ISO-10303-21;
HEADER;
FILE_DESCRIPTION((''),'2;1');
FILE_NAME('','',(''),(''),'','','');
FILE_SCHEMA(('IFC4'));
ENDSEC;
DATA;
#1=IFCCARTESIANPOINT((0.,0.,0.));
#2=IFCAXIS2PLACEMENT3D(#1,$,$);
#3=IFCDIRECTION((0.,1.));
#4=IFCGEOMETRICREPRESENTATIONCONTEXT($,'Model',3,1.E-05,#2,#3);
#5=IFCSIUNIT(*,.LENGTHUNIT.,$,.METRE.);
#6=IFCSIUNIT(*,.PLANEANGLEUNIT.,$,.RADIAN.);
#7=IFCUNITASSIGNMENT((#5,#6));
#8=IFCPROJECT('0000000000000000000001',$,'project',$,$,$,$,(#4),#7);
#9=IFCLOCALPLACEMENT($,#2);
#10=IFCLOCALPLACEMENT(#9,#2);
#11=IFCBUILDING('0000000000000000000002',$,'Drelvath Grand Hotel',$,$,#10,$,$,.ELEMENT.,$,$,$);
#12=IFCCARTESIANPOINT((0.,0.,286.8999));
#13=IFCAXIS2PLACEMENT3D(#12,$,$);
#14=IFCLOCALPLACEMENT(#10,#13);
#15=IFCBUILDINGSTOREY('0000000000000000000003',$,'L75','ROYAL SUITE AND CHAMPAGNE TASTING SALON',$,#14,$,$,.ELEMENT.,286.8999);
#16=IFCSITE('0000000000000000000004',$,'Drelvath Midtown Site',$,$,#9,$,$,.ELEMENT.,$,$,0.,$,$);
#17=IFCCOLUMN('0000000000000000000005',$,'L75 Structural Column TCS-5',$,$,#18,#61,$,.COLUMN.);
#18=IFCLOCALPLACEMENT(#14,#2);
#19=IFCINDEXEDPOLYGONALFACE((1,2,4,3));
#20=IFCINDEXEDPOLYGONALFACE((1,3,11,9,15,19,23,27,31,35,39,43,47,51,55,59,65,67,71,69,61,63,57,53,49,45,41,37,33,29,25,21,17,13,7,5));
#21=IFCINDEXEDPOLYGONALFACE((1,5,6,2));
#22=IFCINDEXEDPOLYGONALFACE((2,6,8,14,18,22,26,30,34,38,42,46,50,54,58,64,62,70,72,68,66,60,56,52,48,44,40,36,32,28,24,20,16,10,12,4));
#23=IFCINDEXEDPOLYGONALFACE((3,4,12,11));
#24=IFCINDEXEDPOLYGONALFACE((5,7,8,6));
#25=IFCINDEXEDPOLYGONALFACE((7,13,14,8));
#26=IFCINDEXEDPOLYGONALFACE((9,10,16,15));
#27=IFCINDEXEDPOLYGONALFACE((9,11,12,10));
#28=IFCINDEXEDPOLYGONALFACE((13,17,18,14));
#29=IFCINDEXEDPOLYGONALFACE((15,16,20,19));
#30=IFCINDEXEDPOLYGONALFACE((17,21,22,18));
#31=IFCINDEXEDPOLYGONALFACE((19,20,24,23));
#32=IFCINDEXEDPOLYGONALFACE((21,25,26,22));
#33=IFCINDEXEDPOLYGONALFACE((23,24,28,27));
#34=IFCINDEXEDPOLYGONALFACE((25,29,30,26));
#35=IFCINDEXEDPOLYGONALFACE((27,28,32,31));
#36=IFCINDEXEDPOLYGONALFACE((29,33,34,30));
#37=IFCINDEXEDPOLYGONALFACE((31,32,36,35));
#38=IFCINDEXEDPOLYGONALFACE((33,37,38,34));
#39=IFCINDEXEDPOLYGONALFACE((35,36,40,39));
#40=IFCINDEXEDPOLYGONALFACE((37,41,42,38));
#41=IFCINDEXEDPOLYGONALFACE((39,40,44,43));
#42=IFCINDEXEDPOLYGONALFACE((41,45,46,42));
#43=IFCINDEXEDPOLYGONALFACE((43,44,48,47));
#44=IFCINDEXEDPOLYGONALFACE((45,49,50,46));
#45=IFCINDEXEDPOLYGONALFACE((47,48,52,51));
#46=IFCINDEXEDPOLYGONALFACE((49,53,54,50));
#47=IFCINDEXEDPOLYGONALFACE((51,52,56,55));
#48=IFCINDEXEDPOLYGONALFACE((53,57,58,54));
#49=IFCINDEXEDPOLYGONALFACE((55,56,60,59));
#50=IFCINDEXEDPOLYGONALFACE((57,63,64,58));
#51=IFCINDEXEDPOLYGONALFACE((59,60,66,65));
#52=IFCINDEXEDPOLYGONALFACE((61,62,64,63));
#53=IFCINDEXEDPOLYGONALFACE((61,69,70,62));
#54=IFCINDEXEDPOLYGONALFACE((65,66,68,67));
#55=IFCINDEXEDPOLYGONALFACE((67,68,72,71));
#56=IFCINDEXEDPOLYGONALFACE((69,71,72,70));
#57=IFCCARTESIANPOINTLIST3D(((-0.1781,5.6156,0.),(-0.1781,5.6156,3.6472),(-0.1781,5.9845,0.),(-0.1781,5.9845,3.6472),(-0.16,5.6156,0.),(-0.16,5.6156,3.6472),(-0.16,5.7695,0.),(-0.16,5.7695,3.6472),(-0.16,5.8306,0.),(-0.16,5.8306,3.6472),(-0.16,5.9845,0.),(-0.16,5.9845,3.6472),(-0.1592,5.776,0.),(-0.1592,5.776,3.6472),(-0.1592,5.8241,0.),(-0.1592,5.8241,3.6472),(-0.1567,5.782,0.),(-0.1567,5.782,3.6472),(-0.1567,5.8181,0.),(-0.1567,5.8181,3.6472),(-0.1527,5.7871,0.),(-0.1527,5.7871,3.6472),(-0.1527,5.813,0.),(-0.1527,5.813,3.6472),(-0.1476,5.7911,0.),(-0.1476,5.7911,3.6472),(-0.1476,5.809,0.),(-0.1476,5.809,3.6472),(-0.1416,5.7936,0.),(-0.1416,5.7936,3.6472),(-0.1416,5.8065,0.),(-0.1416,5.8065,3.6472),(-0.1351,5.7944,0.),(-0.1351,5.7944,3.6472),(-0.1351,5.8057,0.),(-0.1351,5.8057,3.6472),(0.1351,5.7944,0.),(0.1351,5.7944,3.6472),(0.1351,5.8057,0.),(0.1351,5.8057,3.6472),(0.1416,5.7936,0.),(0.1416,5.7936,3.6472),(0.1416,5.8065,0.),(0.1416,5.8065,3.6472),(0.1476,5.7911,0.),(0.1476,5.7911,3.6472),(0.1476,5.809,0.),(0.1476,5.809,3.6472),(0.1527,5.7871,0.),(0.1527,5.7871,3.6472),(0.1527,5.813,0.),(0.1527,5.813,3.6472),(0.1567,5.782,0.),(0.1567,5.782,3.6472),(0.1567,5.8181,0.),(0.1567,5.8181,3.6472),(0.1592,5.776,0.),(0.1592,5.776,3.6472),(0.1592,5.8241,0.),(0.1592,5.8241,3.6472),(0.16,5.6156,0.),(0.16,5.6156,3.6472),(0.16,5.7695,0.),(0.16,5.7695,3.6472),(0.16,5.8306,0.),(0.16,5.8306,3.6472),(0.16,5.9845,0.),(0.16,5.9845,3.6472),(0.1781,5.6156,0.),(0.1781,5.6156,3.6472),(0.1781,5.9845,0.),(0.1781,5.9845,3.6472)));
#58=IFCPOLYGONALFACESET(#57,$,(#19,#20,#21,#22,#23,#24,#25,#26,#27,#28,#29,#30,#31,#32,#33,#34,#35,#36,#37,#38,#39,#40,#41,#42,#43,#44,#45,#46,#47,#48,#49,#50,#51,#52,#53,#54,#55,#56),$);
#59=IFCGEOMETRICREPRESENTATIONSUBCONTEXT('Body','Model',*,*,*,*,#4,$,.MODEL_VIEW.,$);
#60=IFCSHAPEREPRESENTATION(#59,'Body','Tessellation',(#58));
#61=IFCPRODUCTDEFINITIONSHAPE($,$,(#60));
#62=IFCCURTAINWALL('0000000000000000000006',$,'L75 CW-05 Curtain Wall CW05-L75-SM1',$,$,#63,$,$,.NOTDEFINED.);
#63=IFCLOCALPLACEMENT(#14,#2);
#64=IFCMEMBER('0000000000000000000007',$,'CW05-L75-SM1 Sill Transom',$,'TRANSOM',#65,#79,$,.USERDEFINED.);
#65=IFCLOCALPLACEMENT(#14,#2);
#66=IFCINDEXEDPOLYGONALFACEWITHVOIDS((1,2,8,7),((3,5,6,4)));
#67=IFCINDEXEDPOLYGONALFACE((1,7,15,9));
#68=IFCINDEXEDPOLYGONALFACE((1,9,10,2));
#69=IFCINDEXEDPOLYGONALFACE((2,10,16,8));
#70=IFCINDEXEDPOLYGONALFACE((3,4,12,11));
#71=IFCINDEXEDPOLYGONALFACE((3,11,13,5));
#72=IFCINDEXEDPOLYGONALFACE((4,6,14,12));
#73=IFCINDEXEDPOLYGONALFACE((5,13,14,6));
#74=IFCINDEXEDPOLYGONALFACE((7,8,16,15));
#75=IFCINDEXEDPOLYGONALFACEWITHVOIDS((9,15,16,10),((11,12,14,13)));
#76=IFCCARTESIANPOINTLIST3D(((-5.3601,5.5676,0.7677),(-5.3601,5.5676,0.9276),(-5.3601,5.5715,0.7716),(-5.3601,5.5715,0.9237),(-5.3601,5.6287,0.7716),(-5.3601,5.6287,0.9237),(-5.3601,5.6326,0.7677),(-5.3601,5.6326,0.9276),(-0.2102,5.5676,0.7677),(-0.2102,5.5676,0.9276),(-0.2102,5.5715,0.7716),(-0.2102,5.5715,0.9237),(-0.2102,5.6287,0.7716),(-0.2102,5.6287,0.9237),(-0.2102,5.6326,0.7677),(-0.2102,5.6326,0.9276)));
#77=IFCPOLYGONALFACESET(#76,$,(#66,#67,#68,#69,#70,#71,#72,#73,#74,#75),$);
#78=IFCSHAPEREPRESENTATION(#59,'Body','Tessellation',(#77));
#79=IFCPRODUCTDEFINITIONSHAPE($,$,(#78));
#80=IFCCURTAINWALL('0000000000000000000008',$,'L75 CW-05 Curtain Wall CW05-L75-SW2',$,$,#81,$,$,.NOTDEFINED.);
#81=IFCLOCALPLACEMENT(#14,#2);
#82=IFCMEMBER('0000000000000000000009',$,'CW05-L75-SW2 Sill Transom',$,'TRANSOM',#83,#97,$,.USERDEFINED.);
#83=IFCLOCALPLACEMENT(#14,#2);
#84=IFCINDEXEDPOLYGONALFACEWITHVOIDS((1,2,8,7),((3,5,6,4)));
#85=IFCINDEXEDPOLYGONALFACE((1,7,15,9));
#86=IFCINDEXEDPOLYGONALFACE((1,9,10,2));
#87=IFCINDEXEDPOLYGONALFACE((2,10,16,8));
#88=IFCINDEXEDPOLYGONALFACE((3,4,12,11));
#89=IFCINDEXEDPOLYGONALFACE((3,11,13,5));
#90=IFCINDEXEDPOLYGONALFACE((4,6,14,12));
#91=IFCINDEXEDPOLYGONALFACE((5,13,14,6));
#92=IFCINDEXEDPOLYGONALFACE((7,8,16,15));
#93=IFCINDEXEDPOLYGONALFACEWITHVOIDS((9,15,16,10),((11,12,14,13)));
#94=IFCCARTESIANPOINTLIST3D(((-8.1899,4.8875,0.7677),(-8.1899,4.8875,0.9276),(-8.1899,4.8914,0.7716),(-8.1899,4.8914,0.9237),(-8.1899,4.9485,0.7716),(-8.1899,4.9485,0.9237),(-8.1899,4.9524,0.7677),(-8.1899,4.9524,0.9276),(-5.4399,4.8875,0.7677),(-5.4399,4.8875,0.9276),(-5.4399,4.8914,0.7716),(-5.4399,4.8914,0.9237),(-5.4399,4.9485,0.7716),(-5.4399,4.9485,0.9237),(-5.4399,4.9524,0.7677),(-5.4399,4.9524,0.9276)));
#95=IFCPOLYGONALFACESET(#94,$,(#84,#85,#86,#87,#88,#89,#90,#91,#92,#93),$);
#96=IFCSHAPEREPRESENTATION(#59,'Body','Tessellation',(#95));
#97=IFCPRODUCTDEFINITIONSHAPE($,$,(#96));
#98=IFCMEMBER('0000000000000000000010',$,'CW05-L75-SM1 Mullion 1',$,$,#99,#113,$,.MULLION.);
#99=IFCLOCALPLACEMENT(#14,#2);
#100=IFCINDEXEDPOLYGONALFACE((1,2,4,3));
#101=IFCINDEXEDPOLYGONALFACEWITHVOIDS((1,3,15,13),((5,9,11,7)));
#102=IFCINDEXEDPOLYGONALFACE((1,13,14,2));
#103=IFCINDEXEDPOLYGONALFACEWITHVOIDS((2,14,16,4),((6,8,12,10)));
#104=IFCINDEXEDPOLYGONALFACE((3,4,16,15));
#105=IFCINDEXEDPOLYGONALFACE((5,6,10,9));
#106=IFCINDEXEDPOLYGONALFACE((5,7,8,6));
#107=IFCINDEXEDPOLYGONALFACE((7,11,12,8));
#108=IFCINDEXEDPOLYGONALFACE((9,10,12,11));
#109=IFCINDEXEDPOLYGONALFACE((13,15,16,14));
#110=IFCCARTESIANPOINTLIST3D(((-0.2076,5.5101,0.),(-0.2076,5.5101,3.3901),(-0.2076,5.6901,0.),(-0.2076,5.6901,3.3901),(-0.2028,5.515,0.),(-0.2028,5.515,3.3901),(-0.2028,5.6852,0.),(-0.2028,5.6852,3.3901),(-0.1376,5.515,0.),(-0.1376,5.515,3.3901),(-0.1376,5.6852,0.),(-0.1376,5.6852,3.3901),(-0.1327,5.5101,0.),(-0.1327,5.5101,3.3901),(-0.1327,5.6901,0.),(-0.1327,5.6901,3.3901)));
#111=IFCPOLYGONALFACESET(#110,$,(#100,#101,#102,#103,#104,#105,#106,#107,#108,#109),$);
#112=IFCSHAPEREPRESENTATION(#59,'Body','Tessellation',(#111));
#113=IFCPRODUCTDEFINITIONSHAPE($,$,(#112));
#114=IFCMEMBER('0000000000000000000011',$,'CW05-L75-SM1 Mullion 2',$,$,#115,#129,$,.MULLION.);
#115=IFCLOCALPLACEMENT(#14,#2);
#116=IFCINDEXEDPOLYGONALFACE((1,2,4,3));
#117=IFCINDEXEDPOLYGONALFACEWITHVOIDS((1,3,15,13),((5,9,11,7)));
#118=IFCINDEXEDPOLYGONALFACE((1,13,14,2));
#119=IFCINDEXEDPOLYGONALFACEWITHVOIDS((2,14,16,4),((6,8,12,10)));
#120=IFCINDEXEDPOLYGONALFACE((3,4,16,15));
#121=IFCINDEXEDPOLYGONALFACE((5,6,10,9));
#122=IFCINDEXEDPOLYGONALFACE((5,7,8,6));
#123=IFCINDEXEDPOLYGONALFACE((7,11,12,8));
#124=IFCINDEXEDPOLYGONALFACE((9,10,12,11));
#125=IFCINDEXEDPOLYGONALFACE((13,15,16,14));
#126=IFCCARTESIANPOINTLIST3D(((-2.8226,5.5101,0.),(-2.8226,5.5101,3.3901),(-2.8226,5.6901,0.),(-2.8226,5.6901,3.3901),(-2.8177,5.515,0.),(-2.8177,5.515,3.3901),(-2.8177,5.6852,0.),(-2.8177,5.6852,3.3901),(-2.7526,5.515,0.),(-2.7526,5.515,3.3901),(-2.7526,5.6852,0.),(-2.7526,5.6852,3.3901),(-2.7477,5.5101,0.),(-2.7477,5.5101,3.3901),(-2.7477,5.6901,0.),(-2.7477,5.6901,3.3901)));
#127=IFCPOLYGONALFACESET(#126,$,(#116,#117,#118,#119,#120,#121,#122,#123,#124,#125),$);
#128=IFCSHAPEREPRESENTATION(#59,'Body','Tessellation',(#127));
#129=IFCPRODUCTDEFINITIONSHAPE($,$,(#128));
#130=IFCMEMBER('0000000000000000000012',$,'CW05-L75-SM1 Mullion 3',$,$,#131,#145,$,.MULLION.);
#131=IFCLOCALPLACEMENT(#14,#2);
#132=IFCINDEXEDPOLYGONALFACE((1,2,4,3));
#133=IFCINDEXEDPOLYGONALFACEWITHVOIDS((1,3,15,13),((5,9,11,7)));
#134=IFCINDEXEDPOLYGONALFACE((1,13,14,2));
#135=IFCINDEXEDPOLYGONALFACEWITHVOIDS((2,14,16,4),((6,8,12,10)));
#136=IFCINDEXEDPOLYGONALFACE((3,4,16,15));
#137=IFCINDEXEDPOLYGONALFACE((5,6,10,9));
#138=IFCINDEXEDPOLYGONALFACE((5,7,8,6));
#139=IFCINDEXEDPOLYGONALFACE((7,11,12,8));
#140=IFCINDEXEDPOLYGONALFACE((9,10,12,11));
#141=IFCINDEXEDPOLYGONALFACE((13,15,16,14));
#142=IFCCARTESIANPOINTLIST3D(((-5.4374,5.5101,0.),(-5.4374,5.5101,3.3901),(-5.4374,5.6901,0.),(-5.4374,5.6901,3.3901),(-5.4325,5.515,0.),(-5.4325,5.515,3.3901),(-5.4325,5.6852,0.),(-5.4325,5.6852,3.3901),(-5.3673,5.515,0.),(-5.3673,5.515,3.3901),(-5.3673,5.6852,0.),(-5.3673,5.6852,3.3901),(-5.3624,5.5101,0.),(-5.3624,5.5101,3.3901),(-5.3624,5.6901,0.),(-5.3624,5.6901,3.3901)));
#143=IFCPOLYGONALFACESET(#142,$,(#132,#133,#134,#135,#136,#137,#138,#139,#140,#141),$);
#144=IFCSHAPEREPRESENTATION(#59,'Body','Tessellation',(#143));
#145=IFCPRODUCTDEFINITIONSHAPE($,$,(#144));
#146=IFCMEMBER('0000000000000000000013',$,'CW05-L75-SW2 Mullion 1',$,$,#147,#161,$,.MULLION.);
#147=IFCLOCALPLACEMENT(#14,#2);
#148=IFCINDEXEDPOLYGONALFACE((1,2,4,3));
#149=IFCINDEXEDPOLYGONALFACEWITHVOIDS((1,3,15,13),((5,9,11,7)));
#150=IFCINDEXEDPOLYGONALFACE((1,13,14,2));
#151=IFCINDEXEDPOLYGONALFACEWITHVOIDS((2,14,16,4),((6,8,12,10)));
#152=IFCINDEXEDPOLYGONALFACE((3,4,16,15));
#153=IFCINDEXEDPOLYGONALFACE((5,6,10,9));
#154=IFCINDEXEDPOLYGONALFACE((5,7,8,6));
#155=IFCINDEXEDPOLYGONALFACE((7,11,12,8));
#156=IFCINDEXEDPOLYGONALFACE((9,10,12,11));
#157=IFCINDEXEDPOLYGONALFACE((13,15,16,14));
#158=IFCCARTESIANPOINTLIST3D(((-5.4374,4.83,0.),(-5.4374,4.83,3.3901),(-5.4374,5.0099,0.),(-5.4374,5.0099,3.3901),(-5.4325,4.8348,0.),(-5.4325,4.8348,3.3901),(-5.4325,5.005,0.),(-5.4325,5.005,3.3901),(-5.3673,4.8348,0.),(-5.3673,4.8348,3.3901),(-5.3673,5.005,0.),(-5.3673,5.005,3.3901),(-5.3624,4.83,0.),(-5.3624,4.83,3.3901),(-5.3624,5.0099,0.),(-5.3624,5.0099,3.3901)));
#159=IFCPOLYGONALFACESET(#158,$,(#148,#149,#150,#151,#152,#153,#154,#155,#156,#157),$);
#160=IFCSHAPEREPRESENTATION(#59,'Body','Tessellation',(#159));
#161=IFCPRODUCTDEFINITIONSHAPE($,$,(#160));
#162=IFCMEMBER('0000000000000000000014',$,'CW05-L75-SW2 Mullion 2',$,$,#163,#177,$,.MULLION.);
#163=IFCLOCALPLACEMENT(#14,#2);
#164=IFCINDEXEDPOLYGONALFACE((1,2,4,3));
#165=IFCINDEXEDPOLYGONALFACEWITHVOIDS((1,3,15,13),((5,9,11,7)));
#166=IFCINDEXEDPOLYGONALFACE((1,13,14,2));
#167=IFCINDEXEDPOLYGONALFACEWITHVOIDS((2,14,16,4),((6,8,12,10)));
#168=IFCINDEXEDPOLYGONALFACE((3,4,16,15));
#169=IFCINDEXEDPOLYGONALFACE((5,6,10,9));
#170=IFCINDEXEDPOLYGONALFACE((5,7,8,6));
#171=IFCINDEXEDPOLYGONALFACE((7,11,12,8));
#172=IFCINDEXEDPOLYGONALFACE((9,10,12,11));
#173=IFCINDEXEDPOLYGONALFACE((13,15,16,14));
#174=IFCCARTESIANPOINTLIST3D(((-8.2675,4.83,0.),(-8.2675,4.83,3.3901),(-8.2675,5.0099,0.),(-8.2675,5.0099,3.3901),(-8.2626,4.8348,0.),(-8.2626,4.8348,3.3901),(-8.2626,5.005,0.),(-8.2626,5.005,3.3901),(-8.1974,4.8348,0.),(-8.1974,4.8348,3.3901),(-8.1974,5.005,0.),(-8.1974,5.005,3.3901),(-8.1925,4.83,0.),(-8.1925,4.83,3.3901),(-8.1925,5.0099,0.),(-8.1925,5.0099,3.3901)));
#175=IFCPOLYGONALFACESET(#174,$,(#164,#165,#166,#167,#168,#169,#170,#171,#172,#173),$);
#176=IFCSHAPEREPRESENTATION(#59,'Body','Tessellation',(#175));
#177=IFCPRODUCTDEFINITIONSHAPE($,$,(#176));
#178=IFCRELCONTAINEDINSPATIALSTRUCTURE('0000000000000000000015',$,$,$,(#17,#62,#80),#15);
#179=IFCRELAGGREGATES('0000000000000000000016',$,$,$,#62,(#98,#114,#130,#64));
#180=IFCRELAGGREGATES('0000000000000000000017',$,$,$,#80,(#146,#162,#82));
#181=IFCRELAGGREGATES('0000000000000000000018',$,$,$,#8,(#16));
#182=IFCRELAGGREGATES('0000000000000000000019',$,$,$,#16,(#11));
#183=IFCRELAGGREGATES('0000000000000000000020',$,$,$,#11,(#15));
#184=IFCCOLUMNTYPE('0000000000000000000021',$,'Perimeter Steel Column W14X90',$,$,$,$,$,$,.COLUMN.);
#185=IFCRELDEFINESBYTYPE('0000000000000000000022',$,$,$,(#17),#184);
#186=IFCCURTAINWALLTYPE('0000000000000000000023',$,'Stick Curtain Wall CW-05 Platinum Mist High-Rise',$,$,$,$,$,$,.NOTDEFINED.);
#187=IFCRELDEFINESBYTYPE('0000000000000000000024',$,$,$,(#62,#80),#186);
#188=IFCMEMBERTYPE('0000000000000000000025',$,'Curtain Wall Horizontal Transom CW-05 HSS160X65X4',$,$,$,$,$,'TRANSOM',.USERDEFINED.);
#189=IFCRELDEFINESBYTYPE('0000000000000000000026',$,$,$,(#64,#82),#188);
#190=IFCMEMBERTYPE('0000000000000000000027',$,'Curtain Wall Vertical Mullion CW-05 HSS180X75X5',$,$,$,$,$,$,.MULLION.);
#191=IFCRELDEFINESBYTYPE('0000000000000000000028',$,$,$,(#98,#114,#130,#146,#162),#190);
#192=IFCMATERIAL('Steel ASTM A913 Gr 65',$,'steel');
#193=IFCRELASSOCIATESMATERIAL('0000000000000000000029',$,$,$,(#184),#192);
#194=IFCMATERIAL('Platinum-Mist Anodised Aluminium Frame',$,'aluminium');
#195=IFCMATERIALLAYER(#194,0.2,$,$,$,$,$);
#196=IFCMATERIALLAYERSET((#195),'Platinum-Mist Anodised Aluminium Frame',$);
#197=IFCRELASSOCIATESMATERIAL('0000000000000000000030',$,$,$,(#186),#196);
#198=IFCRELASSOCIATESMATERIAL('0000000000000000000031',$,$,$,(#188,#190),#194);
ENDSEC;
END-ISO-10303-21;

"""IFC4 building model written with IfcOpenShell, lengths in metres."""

from ifc_helpers import new_model, si_unit, direction, frame, origin, origin_2d, place, context, subcontext, project, spatial, hollow_rectangle, i_section, extrude, material, layer, layer_set, material_profile, profile_set, type_object, element, aggregate, save


model = new_model("IFC4")

# Units and contexts
model_context = context("Model", 3, precision=1e-05, world=origin(), true_north=direction((0.0, 1.0)))
body_context = subcontext(model_context, "Body", "Model", "MODEL_VIEW")
ifc_project = project(units=[si_unit("LENGTHUNIT", "METRE"), si_unit("PLANEANGLEUNIT", "RADIAN")], contexts=[model_context])

# Site, building, storey
site_placement = place(None, origin())
site = spatial("IfcSite", under=ifc_project, at=site_placement, Name="Drelvath Midtown Site", CompositionType="ELEMENT", RefElevation=0.0)
building_placement = place(site_placement, origin())
building = spatial("IfcBuilding", under=site, at=building_placement, Name="Drelvath Grand Hotel", CompositionType="ELEMENT")
storey_placement = place(building_placement, frame((0.0, 0.0, 286.8999)))
storey = spatial("IfcBuildingStorey", under=building, at=storey_placement, Name="L75", Description="ROYAL SUITE AND CHAMPAGNE TASTING SALON", CompositionType="ELEMENT", Elevation=286.8999)

# Column
ifc_material_1 = material(Name="Steel ASTM A913 Gr 65", Category="steel")
ifc_material_profile_1 = material_profile(ifc_material_1, i_section(OverallWidth=0.3689, OverallDepth=0.3562, WebThickness=0.0112, FlangeThickness=0.0181, FilletRadius=0.0249, at=origin_2d()), Name="W14X90")
ifc_profile_set_1 = profile_set([ifc_material_profile_1], Name="Steel ASTM A913 Gr 65")
column_type = type_object("IfcColumnType", Name="Perimeter Steel Column W14X90", PredefinedType="COLUMN", material=ifc_profile_set_1)
column_placement = place(storey_placement, frame((0.0, 5.8, 0.0), z_axis=(0.0, 0.0, 1.0), x_axis=(0.0, 1.0, 0.0)))
element("IfcColumn", 1, at=column_placement, inside=storey, type_object=column_type, Name="L75 Structural Column TCS-5", PredefinedType="COLUMN", context=body_context, shape_type="SweptSolid", body=[
    extrude(i_section(OverallWidth=0.3689, OverallDepth=0.3562, WebThickness=0.0112, FlangeThickness=0.0181, FilletRadius=0.0249, at=origin_2d()), origin(), (0.0, 0.0, 1.0), 3.6472),
])

# Curtain walls, members
ifc_material_2 = material(Name="Platinum-Mist Anodised Aluminium Frame", Category="aluminium")
ifc_layer_1 = layer(ifc_material_2, 0.2)
ifc_layer_set_1 = layer_set([ifc_layer_1], Name="Platinum-Mist Anodised Aluminium Frame")
curtain_wall_type = type_object("IfcCurtainWallType", Name="Stick Curtain Wall CW-05 Platinum Mist High-Rise", PredefinedType="NOTDEFINED", material=ifc_layer_set_1)
curtain_wall_1_placement = place(storey_placement, origin())
curtain_wall_1 = element("IfcCurtainWall", 2, at=curtain_wall_1_placement, inside=storey, type_object=curtain_wall_type, Name="L75 CW-05 Curtain Wall CW05-L75-SM1", PredefinedType="NOTDEFINED")
ifc_material_profile_2 = material_profile(ifc_material_2, hollow_rectangle(XDim=0.0649, YDim=0.1599, WallThickness=0.0039, at=origin_2d()), Name="HSS160X65X4")
ifc_profile_set_2 = profile_set([ifc_material_profile_2], Name="Platinum-Mist Anodised Aluminium Frame")
member_type_1 = type_object("IfcMemberType", Name="Curtain Wall Horizontal Transom CW-05 HSS160X65X4", ElementType="TRANSOM", PredefinedType="USERDEFINED", material=ifc_profile_set_2)
member_1_placement = place(storey_placement, frame((-0.2102, 5.6001, 0.8477), z_axis=(-1.0, 0.0, 0.0), x_axis=(0.0, -1.0, 0.0)))
member_1 = element("IfcMember", 3, at=member_1_placement, type_object=member_type_1, Name="CW05-L75-SM1 Sill Transom", ObjectType="TRANSOM", PredefinedType="USERDEFINED", context=body_context, shape_type="SweptSolid", body=[
    extrude(hollow_rectangle(XDim=0.0649, YDim=0.1599, WallThickness=0.0039, at=origin_2d()), origin(), (0.0, 0.0, 1.0), 5.1499),
])
curtain_wall_2_placement = place(storey_placement, origin())
curtain_wall_2 = element("IfcCurtainWall", 4, at=curtain_wall_2_placement, inside=storey, type_object=curtain_wall_type, Name="L75 CW-05 Curtain Wall CW05-L75-SW2", PredefinedType="NOTDEFINED")
member_2_placement = place(storey_placement, frame((-5.4399, 4.9199, 0.8477), z_axis=(-1.0, 0.0, 0.0), x_axis=(0.0, -1.0, 0.0)))
member_2 = element("IfcMember", 5, at=member_2_placement, type_object=member_type_1, Name="CW05-L75-SW2 Sill Transom", ObjectType="TRANSOM", PredefinedType="USERDEFINED", context=body_context, shape_type="SweptSolid", body=[
    extrude(hollow_rectangle(XDim=0.0649, YDim=0.1599, WallThickness=0.0039, at=origin_2d()), origin(), (0.0, 0.0, 1.0), 2.75),
])

# Members
ifc_material_profile_3 = material_profile(ifc_material_2, hollow_rectangle(XDim=0.075, YDim=0.1799, WallThickness=0.0049, at=origin_2d()), Name="HSS180X75X5")
ifc_profile_set_3 = profile_set([ifc_material_profile_3], Name="Platinum-Mist Anodised Aluminium Frame")
member_type_2 = type_object("IfcMemberType", Name="Curtain Wall Vertical Mullion CW-05 HSS180X75X5", PredefinedType="MULLION", material=ifc_profile_set_3)
member_3_placement = place(storey_placement, frame((-0.1702, 5.6001, 0.0), z_axis=(0.0, 0.0, 1.0), x_axis=(1.0, 0.0, 0.0)))
member_3 = element("IfcMember", 6, at=member_3_placement, type_object=member_type_2, Name="CW05-L75-SM1 Mullion 1", PredefinedType="MULLION", context=body_context, shape_type="SweptSolid", body=[
    extrude(hollow_rectangle(XDim=0.075, YDim=0.1799, WallThickness=0.0049, at=origin_2d()), origin(), (0.0, 0.0, 1.0), 3.3901),
])
member_4_placement = place(storey_placement, frame((-2.7852, 5.6001, 0.0), z_axis=(0.0, 0.0, 1.0), x_axis=(1.0, 0.0, 0.0)))
member_4 = element("IfcMember", 7, at=member_4_placement, type_object=member_type_2, Name="CW05-L75-SM1 Mullion 2", PredefinedType="MULLION", context=body_context, shape_type="SweptSolid", body=[
    extrude(hollow_rectangle(XDim=0.075, YDim=0.1799, WallThickness=0.0049, at=origin_2d()), origin(), (0.0, 0.0, 1.0), 3.3901),
])
member_5_placement = place(storey_placement, frame((-5.3999, 5.6001, 0.0), z_axis=(0.0, 0.0, 1.0), x_axis=(1.0, 0.0, 0.0)))
member_5 = element("IfcMember", 8, at=member_5_placement, type_object=member_type_2, Name="CW05-L75-SM1 Mullion 3", PredefinedType="MULLION", context=body_context, shape_type="SweptSolid", body=[
    extrude(hollow_rectangle(XDim=0.075, YDim=0.1799, WallThickness=0.0049, at=origin_2d()), origin(), (0.0, 0.0, 1.0), 3.3901),
])
member_6_placement = place(storey_placement, frame((-5.3999, 4.9199, 0.0), z_axis=(0.0, 0.0, 1.0), x_axis=(1.0, 0.0, 0.0)))
member_6 = element("IfcMember", 9, at=member_6_placement, type_object=member_type_2, Name="CW05-L75-SW2 Mullion 1", PredefinedType="MULLION", context=body_context, shape_type="SweptSolid", body=[
    extrude(hollow_rectangle(XDim=0.075, YDim=0.1799, WallThickness=0.0049, at=origin_2d()), origin(), (0.0, 0.0, 1.0), 3.3901),
])
member_7_placement = place(storey_placement, frame((-8.23, 4.9199, 0.0), z_axis=(0.0, 0.0, 1.0), x_axis=(1.0, 0.0, 0.0)))
member_7 = element("IfcMember", 10, at=member_7_placement, type_object=member_type_2, Name="CW05-L75-SW2 Mullion 2", PredefinedType="MULLION", context=body_context, shape_type="SweptSolid", body=[
    extrude(hollow_rectangle(XDim=0.075, YDim=0.1799, WallThickness=0.0049, at=origin_2d()), origin(), (0.0, 0.0, 1.0), 3.3901),
])

aggregate(curtain_wall_1, [member_3, member_4, member_5, member_1])
aggregate(curtain_wall_2, [member_6, member_7, member_2])

save(model, "model.ifc")
